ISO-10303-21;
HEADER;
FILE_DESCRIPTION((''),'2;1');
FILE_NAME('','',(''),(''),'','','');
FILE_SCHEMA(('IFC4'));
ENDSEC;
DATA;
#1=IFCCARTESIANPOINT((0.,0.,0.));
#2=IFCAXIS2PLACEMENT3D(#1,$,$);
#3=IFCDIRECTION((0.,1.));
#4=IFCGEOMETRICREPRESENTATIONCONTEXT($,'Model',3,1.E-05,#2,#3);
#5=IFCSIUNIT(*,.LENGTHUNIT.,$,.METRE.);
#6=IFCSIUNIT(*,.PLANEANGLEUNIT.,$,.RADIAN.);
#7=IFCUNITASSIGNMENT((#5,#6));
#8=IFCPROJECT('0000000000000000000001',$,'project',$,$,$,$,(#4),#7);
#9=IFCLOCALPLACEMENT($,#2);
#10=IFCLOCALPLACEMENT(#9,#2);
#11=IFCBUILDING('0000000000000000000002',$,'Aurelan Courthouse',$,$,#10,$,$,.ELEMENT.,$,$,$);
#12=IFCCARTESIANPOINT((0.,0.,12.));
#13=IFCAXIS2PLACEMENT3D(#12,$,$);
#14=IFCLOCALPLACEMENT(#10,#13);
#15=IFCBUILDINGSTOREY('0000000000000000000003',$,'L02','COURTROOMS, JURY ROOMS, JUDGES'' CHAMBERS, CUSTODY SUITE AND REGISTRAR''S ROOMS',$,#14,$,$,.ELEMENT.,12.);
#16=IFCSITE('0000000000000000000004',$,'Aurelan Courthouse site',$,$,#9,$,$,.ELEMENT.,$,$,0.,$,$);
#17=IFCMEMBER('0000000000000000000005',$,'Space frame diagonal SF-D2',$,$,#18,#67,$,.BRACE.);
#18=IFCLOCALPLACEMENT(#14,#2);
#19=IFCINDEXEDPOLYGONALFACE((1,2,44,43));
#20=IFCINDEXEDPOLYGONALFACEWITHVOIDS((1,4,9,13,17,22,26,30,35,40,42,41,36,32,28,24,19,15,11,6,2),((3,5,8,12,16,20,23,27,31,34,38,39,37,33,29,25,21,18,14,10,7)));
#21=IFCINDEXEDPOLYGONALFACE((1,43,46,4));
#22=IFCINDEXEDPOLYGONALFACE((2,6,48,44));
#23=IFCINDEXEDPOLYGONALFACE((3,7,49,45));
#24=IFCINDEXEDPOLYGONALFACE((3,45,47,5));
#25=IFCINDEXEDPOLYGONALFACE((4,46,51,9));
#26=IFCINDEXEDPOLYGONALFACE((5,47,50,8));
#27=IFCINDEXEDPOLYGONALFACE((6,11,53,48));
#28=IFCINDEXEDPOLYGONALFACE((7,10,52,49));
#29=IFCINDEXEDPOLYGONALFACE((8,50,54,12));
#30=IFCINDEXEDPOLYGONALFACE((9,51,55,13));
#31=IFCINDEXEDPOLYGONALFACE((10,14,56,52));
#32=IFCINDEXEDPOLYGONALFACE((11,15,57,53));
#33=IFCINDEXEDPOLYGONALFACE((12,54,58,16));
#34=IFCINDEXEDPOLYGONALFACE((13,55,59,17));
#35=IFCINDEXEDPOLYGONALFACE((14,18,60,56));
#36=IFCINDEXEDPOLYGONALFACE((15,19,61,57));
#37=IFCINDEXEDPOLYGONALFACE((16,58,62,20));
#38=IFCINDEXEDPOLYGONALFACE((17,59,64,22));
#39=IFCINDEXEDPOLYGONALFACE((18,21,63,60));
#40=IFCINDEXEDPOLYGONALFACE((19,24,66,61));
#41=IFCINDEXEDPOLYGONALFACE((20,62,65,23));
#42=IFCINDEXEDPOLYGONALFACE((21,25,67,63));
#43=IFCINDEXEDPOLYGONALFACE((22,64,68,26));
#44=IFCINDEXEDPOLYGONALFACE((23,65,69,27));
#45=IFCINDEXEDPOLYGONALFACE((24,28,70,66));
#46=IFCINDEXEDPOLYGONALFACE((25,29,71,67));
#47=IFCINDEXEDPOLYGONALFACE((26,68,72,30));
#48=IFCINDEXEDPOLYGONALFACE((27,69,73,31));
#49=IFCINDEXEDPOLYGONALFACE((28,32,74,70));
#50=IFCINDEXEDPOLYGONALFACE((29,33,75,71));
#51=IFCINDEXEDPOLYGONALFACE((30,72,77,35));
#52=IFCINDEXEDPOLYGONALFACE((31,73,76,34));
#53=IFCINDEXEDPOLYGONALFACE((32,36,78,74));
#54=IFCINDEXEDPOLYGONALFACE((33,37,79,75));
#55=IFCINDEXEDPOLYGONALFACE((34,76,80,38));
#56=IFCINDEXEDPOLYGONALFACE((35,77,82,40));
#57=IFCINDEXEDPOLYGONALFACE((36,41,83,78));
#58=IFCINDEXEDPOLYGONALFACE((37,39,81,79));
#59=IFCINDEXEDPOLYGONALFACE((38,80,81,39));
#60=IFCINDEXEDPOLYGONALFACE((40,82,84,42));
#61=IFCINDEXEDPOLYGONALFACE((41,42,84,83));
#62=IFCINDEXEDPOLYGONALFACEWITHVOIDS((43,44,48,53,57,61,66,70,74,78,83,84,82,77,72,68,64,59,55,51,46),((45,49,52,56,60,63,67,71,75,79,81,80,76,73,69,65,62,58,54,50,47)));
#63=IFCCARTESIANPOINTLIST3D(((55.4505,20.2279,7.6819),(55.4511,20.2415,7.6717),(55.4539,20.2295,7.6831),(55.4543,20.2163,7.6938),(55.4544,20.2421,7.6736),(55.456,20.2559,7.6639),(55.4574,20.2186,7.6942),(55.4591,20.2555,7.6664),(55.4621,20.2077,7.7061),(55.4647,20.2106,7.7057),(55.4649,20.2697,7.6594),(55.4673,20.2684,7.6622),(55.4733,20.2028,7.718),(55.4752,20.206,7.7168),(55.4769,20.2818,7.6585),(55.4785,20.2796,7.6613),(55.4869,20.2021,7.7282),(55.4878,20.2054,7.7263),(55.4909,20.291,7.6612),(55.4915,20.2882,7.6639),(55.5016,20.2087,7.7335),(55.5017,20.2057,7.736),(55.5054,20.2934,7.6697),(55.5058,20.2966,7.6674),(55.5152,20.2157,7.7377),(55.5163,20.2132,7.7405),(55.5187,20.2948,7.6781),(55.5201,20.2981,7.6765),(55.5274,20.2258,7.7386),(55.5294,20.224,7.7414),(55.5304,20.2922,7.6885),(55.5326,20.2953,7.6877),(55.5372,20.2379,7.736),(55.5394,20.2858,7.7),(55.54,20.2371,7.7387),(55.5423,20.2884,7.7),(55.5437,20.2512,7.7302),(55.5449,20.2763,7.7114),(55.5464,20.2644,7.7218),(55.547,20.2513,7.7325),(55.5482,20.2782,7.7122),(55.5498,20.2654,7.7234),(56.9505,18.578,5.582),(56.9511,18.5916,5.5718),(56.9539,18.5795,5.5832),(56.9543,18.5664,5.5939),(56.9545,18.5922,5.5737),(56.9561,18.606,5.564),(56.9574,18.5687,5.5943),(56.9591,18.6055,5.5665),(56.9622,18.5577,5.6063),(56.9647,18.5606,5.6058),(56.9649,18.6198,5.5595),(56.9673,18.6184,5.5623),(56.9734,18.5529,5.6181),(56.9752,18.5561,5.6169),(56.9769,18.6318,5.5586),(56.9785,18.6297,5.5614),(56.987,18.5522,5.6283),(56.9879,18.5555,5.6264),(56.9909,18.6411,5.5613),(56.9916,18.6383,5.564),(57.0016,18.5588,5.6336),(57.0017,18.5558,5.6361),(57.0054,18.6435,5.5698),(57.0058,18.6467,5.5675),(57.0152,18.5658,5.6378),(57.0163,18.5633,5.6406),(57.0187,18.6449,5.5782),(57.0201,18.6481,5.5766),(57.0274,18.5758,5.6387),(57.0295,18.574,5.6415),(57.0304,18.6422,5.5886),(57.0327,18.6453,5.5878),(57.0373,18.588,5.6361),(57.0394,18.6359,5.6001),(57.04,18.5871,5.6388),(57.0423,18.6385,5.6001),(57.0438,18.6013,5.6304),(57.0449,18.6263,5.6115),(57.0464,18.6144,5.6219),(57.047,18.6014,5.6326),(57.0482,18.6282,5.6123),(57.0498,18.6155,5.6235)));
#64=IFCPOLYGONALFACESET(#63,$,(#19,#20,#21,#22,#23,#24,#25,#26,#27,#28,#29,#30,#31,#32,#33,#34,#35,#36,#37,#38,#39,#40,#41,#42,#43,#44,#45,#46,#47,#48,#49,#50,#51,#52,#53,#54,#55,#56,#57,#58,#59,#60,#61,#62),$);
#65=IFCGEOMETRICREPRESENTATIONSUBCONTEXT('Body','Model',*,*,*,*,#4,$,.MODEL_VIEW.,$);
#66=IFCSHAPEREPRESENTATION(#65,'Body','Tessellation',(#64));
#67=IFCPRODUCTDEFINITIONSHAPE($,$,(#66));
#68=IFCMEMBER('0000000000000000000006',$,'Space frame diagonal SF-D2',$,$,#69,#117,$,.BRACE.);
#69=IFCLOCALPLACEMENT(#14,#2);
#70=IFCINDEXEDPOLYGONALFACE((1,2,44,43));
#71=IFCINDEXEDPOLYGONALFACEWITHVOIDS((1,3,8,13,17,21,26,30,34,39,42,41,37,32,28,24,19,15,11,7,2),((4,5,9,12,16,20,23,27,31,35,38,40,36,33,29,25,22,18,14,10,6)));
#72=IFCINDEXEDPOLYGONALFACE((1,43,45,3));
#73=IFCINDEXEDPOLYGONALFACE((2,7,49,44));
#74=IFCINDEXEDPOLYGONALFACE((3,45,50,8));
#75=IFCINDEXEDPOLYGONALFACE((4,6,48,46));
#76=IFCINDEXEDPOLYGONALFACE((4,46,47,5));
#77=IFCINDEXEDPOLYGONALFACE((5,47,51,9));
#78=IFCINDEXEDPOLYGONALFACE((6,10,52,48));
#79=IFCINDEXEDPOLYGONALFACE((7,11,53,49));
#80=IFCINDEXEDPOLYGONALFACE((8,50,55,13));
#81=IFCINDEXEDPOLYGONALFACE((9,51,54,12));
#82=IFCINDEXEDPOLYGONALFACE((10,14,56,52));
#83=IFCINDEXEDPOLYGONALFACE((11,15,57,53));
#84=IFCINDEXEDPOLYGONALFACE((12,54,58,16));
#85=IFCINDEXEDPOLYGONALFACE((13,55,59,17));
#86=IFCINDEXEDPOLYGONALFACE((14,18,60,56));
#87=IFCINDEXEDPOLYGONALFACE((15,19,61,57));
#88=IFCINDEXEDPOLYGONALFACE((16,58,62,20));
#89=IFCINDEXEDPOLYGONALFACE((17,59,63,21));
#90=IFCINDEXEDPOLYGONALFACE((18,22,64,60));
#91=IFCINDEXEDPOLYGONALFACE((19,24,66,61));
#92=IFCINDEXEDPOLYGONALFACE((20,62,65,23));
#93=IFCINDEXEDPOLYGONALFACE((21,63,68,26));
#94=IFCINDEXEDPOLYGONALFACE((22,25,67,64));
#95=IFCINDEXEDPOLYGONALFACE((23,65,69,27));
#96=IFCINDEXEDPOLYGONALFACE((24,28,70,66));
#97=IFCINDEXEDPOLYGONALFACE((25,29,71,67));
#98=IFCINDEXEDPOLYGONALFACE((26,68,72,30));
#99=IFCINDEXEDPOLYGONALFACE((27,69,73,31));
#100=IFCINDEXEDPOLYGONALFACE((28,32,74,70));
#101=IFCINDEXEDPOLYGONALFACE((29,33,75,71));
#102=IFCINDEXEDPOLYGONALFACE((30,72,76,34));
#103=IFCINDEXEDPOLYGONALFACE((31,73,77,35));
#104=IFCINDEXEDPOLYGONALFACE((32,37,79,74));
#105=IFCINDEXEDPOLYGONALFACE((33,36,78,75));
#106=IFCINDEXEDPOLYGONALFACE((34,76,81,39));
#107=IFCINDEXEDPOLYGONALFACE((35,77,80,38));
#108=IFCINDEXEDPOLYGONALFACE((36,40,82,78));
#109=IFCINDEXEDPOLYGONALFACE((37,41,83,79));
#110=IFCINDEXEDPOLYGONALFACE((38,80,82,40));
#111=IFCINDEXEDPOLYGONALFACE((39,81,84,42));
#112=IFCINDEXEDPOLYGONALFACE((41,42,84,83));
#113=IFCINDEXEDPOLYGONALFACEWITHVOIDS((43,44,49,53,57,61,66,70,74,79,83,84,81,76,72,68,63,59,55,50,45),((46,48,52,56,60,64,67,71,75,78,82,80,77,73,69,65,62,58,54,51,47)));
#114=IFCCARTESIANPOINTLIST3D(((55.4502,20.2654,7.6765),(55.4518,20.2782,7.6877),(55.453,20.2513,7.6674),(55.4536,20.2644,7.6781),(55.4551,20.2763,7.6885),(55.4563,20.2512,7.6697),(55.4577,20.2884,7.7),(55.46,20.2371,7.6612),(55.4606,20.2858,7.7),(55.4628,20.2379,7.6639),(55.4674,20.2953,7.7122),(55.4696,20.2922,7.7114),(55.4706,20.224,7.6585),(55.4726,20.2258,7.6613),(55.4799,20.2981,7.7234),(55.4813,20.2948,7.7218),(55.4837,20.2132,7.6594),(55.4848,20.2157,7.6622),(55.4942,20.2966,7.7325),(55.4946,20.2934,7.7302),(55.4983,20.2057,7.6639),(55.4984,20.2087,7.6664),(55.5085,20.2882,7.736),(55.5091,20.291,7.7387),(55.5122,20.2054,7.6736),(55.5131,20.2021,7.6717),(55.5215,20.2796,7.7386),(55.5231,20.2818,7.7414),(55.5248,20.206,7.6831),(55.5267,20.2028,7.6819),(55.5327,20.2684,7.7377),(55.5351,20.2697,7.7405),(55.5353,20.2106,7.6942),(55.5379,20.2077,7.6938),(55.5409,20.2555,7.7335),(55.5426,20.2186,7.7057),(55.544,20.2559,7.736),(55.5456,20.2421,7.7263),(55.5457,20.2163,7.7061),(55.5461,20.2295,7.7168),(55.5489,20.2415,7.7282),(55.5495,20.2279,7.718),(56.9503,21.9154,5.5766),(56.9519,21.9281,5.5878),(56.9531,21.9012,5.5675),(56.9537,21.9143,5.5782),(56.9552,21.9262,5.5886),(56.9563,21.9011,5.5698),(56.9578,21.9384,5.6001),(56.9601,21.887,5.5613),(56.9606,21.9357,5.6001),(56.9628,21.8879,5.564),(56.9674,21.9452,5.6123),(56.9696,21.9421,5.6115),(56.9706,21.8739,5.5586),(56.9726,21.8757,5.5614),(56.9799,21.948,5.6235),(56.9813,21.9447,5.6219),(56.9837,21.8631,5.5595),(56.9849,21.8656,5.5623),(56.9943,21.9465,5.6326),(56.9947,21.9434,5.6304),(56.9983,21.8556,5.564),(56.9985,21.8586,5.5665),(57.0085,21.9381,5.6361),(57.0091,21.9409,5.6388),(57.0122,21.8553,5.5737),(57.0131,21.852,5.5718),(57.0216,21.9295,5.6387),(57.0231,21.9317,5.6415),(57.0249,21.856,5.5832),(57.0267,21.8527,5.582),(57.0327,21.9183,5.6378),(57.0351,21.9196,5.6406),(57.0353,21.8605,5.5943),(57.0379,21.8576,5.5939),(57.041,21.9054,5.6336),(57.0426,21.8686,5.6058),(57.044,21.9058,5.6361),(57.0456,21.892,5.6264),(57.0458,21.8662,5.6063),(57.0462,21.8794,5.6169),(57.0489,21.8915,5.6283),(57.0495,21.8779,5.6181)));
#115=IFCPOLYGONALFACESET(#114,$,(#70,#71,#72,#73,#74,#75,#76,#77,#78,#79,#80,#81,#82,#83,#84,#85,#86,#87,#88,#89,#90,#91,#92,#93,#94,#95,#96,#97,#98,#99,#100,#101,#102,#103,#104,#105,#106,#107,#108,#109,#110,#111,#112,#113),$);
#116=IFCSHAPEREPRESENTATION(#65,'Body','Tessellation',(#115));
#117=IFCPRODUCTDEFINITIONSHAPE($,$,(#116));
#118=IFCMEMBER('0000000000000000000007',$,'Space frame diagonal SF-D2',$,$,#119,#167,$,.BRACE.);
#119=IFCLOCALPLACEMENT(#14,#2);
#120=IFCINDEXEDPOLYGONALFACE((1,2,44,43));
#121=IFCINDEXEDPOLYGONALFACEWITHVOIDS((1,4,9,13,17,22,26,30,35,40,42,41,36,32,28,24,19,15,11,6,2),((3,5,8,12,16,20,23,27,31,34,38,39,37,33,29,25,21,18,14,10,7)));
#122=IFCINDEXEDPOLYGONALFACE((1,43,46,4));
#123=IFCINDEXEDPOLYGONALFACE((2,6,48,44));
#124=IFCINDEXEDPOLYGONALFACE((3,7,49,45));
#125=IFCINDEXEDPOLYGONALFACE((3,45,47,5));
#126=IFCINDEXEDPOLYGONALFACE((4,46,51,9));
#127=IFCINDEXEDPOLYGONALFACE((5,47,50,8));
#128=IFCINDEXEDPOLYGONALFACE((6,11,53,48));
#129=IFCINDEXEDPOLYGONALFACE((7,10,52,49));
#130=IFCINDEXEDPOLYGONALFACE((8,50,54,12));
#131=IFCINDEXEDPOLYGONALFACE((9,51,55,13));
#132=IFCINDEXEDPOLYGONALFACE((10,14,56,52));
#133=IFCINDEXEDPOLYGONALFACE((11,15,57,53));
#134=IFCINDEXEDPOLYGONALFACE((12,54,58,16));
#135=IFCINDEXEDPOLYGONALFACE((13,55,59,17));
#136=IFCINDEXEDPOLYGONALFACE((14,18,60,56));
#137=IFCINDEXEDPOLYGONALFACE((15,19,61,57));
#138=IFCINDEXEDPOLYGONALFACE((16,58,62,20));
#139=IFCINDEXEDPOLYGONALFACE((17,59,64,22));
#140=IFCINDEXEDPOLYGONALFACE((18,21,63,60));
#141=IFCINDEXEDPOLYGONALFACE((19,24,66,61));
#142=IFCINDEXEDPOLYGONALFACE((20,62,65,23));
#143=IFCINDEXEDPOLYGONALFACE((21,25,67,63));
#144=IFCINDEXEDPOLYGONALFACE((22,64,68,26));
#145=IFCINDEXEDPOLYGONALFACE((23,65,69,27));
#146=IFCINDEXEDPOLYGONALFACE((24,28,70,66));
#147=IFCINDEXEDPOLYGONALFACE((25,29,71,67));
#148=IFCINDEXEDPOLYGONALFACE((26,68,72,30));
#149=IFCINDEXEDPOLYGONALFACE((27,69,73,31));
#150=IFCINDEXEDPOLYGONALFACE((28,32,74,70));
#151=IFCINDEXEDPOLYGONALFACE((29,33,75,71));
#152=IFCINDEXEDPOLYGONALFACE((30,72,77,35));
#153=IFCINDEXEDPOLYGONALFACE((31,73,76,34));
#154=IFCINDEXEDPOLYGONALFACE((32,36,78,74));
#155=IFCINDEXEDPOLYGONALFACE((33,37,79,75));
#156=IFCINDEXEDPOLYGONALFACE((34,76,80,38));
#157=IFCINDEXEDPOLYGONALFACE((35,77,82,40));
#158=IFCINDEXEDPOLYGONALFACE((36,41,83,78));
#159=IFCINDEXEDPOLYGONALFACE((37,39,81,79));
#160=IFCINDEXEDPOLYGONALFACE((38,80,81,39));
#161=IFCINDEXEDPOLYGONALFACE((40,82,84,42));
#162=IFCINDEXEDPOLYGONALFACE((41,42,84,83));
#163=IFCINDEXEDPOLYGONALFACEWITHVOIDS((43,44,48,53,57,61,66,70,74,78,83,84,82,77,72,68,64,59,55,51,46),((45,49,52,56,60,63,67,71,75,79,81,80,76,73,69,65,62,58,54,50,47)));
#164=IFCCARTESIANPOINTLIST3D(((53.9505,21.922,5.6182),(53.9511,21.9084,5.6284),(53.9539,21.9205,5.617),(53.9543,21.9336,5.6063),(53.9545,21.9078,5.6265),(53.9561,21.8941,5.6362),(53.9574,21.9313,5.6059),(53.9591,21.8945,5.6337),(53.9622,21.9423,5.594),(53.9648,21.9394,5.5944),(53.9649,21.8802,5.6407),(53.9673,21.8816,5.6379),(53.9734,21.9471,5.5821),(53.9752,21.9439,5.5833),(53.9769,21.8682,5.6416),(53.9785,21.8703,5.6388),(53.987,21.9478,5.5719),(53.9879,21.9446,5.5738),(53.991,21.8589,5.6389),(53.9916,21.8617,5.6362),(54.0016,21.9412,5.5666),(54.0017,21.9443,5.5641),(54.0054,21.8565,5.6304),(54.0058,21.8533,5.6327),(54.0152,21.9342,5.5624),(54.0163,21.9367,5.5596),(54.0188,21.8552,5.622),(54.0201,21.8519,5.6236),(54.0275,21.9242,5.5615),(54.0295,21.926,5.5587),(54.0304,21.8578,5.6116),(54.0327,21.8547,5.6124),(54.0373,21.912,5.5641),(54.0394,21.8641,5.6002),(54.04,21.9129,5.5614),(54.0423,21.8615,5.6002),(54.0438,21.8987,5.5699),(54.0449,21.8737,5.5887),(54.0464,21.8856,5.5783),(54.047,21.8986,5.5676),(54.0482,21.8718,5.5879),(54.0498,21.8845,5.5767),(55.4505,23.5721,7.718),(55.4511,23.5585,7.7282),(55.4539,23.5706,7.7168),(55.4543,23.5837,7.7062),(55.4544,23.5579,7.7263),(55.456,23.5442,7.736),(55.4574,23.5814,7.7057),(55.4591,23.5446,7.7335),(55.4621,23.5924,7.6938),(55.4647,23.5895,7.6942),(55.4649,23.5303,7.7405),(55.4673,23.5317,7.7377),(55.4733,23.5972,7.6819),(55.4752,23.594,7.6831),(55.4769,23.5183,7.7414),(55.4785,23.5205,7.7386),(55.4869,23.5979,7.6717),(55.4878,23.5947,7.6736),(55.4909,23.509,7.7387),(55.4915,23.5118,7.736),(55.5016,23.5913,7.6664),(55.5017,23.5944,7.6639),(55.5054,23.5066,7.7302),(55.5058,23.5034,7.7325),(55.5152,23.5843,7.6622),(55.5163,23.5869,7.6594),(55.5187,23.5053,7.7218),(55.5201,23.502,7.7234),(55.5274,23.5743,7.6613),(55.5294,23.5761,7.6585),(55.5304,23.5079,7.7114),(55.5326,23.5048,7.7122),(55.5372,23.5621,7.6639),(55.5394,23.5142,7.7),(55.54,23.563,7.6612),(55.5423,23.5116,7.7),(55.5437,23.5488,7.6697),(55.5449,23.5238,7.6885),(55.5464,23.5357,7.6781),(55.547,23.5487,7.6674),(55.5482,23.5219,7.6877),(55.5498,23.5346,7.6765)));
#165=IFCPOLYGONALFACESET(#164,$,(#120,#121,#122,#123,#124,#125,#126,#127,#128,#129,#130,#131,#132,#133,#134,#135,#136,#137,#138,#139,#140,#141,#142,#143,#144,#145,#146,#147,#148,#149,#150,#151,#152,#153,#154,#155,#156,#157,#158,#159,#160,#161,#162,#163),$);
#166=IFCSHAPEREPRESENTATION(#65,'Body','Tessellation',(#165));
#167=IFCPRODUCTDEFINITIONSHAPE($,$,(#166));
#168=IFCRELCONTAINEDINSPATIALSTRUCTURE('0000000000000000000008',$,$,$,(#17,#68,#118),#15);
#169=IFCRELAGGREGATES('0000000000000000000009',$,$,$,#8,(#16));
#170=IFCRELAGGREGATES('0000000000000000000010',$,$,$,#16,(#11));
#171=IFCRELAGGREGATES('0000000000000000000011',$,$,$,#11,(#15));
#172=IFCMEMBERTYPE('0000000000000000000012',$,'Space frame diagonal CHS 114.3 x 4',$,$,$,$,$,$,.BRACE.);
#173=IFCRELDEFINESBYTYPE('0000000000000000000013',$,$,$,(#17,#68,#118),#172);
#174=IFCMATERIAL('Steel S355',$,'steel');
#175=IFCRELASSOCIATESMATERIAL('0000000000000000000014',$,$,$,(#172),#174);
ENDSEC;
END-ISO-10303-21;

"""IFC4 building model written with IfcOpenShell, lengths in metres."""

from ifc_helpers import new_model, si_unit, direction, frame, origin, origin_2d, place, context, subcontext, project, spatial, hollow_circle, extrude, material, material_profile, profile_set, type_object, element, save


model = new_model("IFC4")

# Units and contexts
model_context = context("Model", 3, precision=1e-05, world=origin(), true_north=direction((0.0, 1.0)))
body_context = subcontext(model_context, "Body", "Model", "MODEL_VIEW")
ifc_project = project(units=[si_unit("LENGTHUNIT", "METRE"), si_unit("PLANEANGLEUNIT", "RADIAN")], contexts=[model_context])

# Site, building, storey
site_placement = place(None, origin())
site = spatial("IfcSite", under=ifc_project, at=site_placement, Name="Aurelan Courthouse site", CompositionType="ELEMENT", RefElevation=0.0)
building_placement = place(site_placement, origin())
building = spatial("IfcBuilding", under=site, at=building_placement, Name="Aurelan Courthouse", CompositionType="ELEMENT")
storey_placement = place(building_placement, frame((0.0, 0.0, 12.0)))
storey = spatial("IfcBuildingStorey", under=building, at=storey_placement, Name="L02", Description="COURTROOMS, JURY ROOMS, JUDGES' CHAMBERS, CUSTODY SUITE AND REGISTRAR'S ROOMS", CompositionType="ELEMENT", Elevation=12.0)

# Members
ifc_material_1 = material(Name="Steel S355", Category="steel")
ifc_material_profile_1 = material_profile(ifc_material_1, hollow_circle(Radius=0.0571, WallThickness=0.0039, at=origin_2d()), Name="CHS 114.3 x 4")
ifc_profile_set_1 = profile_set([ifc_material_profile_1], Name="Steel S355")
member_type_1 = type_object("IfcMemberType", Name="Space frame diagonal CHS 114.3 x 4", PredefinedType="BRACE", material=ifc_profile_set_1)
for number, where, z_axis, x_axis, name in (
    (1, (55.5, 20.25, 7.7), (0.489727, -0.538667, -0.685569), (0.73992, 0.672695, 0.0), "Space frame diagonal SF-D2"),
    (2, (55.5, 20.25, 7.7), (0.489727, 0.538667, -0.685569), (-0.73992, 0.672695, 0.0), "Space frame diagonal SF-D2"),
    (3, (55.5, 23.55, 7.7), (-0.489706, -0.538724, -0.68554), (0.73997, -0.67264, 0.0), "Space frame diagonal SF-D2"),
):
    element("IfcMember", number, at=place(storey_placement, frame(where, z_axis=z_axis, x_axis=x_axis)), inside=storey, type_object=member_type_1, Name=name, PredefinedType="BRACE", context=body_context, shape_type="SweptSolid", body=[
        extrude(hollow_circle(Radius=0.0571, WallThickness=0.0039, at=origin_2d()), origin(), (0.0, 0.0, 1.0), 3.063),
    ])

save(model, "model.ifc")
